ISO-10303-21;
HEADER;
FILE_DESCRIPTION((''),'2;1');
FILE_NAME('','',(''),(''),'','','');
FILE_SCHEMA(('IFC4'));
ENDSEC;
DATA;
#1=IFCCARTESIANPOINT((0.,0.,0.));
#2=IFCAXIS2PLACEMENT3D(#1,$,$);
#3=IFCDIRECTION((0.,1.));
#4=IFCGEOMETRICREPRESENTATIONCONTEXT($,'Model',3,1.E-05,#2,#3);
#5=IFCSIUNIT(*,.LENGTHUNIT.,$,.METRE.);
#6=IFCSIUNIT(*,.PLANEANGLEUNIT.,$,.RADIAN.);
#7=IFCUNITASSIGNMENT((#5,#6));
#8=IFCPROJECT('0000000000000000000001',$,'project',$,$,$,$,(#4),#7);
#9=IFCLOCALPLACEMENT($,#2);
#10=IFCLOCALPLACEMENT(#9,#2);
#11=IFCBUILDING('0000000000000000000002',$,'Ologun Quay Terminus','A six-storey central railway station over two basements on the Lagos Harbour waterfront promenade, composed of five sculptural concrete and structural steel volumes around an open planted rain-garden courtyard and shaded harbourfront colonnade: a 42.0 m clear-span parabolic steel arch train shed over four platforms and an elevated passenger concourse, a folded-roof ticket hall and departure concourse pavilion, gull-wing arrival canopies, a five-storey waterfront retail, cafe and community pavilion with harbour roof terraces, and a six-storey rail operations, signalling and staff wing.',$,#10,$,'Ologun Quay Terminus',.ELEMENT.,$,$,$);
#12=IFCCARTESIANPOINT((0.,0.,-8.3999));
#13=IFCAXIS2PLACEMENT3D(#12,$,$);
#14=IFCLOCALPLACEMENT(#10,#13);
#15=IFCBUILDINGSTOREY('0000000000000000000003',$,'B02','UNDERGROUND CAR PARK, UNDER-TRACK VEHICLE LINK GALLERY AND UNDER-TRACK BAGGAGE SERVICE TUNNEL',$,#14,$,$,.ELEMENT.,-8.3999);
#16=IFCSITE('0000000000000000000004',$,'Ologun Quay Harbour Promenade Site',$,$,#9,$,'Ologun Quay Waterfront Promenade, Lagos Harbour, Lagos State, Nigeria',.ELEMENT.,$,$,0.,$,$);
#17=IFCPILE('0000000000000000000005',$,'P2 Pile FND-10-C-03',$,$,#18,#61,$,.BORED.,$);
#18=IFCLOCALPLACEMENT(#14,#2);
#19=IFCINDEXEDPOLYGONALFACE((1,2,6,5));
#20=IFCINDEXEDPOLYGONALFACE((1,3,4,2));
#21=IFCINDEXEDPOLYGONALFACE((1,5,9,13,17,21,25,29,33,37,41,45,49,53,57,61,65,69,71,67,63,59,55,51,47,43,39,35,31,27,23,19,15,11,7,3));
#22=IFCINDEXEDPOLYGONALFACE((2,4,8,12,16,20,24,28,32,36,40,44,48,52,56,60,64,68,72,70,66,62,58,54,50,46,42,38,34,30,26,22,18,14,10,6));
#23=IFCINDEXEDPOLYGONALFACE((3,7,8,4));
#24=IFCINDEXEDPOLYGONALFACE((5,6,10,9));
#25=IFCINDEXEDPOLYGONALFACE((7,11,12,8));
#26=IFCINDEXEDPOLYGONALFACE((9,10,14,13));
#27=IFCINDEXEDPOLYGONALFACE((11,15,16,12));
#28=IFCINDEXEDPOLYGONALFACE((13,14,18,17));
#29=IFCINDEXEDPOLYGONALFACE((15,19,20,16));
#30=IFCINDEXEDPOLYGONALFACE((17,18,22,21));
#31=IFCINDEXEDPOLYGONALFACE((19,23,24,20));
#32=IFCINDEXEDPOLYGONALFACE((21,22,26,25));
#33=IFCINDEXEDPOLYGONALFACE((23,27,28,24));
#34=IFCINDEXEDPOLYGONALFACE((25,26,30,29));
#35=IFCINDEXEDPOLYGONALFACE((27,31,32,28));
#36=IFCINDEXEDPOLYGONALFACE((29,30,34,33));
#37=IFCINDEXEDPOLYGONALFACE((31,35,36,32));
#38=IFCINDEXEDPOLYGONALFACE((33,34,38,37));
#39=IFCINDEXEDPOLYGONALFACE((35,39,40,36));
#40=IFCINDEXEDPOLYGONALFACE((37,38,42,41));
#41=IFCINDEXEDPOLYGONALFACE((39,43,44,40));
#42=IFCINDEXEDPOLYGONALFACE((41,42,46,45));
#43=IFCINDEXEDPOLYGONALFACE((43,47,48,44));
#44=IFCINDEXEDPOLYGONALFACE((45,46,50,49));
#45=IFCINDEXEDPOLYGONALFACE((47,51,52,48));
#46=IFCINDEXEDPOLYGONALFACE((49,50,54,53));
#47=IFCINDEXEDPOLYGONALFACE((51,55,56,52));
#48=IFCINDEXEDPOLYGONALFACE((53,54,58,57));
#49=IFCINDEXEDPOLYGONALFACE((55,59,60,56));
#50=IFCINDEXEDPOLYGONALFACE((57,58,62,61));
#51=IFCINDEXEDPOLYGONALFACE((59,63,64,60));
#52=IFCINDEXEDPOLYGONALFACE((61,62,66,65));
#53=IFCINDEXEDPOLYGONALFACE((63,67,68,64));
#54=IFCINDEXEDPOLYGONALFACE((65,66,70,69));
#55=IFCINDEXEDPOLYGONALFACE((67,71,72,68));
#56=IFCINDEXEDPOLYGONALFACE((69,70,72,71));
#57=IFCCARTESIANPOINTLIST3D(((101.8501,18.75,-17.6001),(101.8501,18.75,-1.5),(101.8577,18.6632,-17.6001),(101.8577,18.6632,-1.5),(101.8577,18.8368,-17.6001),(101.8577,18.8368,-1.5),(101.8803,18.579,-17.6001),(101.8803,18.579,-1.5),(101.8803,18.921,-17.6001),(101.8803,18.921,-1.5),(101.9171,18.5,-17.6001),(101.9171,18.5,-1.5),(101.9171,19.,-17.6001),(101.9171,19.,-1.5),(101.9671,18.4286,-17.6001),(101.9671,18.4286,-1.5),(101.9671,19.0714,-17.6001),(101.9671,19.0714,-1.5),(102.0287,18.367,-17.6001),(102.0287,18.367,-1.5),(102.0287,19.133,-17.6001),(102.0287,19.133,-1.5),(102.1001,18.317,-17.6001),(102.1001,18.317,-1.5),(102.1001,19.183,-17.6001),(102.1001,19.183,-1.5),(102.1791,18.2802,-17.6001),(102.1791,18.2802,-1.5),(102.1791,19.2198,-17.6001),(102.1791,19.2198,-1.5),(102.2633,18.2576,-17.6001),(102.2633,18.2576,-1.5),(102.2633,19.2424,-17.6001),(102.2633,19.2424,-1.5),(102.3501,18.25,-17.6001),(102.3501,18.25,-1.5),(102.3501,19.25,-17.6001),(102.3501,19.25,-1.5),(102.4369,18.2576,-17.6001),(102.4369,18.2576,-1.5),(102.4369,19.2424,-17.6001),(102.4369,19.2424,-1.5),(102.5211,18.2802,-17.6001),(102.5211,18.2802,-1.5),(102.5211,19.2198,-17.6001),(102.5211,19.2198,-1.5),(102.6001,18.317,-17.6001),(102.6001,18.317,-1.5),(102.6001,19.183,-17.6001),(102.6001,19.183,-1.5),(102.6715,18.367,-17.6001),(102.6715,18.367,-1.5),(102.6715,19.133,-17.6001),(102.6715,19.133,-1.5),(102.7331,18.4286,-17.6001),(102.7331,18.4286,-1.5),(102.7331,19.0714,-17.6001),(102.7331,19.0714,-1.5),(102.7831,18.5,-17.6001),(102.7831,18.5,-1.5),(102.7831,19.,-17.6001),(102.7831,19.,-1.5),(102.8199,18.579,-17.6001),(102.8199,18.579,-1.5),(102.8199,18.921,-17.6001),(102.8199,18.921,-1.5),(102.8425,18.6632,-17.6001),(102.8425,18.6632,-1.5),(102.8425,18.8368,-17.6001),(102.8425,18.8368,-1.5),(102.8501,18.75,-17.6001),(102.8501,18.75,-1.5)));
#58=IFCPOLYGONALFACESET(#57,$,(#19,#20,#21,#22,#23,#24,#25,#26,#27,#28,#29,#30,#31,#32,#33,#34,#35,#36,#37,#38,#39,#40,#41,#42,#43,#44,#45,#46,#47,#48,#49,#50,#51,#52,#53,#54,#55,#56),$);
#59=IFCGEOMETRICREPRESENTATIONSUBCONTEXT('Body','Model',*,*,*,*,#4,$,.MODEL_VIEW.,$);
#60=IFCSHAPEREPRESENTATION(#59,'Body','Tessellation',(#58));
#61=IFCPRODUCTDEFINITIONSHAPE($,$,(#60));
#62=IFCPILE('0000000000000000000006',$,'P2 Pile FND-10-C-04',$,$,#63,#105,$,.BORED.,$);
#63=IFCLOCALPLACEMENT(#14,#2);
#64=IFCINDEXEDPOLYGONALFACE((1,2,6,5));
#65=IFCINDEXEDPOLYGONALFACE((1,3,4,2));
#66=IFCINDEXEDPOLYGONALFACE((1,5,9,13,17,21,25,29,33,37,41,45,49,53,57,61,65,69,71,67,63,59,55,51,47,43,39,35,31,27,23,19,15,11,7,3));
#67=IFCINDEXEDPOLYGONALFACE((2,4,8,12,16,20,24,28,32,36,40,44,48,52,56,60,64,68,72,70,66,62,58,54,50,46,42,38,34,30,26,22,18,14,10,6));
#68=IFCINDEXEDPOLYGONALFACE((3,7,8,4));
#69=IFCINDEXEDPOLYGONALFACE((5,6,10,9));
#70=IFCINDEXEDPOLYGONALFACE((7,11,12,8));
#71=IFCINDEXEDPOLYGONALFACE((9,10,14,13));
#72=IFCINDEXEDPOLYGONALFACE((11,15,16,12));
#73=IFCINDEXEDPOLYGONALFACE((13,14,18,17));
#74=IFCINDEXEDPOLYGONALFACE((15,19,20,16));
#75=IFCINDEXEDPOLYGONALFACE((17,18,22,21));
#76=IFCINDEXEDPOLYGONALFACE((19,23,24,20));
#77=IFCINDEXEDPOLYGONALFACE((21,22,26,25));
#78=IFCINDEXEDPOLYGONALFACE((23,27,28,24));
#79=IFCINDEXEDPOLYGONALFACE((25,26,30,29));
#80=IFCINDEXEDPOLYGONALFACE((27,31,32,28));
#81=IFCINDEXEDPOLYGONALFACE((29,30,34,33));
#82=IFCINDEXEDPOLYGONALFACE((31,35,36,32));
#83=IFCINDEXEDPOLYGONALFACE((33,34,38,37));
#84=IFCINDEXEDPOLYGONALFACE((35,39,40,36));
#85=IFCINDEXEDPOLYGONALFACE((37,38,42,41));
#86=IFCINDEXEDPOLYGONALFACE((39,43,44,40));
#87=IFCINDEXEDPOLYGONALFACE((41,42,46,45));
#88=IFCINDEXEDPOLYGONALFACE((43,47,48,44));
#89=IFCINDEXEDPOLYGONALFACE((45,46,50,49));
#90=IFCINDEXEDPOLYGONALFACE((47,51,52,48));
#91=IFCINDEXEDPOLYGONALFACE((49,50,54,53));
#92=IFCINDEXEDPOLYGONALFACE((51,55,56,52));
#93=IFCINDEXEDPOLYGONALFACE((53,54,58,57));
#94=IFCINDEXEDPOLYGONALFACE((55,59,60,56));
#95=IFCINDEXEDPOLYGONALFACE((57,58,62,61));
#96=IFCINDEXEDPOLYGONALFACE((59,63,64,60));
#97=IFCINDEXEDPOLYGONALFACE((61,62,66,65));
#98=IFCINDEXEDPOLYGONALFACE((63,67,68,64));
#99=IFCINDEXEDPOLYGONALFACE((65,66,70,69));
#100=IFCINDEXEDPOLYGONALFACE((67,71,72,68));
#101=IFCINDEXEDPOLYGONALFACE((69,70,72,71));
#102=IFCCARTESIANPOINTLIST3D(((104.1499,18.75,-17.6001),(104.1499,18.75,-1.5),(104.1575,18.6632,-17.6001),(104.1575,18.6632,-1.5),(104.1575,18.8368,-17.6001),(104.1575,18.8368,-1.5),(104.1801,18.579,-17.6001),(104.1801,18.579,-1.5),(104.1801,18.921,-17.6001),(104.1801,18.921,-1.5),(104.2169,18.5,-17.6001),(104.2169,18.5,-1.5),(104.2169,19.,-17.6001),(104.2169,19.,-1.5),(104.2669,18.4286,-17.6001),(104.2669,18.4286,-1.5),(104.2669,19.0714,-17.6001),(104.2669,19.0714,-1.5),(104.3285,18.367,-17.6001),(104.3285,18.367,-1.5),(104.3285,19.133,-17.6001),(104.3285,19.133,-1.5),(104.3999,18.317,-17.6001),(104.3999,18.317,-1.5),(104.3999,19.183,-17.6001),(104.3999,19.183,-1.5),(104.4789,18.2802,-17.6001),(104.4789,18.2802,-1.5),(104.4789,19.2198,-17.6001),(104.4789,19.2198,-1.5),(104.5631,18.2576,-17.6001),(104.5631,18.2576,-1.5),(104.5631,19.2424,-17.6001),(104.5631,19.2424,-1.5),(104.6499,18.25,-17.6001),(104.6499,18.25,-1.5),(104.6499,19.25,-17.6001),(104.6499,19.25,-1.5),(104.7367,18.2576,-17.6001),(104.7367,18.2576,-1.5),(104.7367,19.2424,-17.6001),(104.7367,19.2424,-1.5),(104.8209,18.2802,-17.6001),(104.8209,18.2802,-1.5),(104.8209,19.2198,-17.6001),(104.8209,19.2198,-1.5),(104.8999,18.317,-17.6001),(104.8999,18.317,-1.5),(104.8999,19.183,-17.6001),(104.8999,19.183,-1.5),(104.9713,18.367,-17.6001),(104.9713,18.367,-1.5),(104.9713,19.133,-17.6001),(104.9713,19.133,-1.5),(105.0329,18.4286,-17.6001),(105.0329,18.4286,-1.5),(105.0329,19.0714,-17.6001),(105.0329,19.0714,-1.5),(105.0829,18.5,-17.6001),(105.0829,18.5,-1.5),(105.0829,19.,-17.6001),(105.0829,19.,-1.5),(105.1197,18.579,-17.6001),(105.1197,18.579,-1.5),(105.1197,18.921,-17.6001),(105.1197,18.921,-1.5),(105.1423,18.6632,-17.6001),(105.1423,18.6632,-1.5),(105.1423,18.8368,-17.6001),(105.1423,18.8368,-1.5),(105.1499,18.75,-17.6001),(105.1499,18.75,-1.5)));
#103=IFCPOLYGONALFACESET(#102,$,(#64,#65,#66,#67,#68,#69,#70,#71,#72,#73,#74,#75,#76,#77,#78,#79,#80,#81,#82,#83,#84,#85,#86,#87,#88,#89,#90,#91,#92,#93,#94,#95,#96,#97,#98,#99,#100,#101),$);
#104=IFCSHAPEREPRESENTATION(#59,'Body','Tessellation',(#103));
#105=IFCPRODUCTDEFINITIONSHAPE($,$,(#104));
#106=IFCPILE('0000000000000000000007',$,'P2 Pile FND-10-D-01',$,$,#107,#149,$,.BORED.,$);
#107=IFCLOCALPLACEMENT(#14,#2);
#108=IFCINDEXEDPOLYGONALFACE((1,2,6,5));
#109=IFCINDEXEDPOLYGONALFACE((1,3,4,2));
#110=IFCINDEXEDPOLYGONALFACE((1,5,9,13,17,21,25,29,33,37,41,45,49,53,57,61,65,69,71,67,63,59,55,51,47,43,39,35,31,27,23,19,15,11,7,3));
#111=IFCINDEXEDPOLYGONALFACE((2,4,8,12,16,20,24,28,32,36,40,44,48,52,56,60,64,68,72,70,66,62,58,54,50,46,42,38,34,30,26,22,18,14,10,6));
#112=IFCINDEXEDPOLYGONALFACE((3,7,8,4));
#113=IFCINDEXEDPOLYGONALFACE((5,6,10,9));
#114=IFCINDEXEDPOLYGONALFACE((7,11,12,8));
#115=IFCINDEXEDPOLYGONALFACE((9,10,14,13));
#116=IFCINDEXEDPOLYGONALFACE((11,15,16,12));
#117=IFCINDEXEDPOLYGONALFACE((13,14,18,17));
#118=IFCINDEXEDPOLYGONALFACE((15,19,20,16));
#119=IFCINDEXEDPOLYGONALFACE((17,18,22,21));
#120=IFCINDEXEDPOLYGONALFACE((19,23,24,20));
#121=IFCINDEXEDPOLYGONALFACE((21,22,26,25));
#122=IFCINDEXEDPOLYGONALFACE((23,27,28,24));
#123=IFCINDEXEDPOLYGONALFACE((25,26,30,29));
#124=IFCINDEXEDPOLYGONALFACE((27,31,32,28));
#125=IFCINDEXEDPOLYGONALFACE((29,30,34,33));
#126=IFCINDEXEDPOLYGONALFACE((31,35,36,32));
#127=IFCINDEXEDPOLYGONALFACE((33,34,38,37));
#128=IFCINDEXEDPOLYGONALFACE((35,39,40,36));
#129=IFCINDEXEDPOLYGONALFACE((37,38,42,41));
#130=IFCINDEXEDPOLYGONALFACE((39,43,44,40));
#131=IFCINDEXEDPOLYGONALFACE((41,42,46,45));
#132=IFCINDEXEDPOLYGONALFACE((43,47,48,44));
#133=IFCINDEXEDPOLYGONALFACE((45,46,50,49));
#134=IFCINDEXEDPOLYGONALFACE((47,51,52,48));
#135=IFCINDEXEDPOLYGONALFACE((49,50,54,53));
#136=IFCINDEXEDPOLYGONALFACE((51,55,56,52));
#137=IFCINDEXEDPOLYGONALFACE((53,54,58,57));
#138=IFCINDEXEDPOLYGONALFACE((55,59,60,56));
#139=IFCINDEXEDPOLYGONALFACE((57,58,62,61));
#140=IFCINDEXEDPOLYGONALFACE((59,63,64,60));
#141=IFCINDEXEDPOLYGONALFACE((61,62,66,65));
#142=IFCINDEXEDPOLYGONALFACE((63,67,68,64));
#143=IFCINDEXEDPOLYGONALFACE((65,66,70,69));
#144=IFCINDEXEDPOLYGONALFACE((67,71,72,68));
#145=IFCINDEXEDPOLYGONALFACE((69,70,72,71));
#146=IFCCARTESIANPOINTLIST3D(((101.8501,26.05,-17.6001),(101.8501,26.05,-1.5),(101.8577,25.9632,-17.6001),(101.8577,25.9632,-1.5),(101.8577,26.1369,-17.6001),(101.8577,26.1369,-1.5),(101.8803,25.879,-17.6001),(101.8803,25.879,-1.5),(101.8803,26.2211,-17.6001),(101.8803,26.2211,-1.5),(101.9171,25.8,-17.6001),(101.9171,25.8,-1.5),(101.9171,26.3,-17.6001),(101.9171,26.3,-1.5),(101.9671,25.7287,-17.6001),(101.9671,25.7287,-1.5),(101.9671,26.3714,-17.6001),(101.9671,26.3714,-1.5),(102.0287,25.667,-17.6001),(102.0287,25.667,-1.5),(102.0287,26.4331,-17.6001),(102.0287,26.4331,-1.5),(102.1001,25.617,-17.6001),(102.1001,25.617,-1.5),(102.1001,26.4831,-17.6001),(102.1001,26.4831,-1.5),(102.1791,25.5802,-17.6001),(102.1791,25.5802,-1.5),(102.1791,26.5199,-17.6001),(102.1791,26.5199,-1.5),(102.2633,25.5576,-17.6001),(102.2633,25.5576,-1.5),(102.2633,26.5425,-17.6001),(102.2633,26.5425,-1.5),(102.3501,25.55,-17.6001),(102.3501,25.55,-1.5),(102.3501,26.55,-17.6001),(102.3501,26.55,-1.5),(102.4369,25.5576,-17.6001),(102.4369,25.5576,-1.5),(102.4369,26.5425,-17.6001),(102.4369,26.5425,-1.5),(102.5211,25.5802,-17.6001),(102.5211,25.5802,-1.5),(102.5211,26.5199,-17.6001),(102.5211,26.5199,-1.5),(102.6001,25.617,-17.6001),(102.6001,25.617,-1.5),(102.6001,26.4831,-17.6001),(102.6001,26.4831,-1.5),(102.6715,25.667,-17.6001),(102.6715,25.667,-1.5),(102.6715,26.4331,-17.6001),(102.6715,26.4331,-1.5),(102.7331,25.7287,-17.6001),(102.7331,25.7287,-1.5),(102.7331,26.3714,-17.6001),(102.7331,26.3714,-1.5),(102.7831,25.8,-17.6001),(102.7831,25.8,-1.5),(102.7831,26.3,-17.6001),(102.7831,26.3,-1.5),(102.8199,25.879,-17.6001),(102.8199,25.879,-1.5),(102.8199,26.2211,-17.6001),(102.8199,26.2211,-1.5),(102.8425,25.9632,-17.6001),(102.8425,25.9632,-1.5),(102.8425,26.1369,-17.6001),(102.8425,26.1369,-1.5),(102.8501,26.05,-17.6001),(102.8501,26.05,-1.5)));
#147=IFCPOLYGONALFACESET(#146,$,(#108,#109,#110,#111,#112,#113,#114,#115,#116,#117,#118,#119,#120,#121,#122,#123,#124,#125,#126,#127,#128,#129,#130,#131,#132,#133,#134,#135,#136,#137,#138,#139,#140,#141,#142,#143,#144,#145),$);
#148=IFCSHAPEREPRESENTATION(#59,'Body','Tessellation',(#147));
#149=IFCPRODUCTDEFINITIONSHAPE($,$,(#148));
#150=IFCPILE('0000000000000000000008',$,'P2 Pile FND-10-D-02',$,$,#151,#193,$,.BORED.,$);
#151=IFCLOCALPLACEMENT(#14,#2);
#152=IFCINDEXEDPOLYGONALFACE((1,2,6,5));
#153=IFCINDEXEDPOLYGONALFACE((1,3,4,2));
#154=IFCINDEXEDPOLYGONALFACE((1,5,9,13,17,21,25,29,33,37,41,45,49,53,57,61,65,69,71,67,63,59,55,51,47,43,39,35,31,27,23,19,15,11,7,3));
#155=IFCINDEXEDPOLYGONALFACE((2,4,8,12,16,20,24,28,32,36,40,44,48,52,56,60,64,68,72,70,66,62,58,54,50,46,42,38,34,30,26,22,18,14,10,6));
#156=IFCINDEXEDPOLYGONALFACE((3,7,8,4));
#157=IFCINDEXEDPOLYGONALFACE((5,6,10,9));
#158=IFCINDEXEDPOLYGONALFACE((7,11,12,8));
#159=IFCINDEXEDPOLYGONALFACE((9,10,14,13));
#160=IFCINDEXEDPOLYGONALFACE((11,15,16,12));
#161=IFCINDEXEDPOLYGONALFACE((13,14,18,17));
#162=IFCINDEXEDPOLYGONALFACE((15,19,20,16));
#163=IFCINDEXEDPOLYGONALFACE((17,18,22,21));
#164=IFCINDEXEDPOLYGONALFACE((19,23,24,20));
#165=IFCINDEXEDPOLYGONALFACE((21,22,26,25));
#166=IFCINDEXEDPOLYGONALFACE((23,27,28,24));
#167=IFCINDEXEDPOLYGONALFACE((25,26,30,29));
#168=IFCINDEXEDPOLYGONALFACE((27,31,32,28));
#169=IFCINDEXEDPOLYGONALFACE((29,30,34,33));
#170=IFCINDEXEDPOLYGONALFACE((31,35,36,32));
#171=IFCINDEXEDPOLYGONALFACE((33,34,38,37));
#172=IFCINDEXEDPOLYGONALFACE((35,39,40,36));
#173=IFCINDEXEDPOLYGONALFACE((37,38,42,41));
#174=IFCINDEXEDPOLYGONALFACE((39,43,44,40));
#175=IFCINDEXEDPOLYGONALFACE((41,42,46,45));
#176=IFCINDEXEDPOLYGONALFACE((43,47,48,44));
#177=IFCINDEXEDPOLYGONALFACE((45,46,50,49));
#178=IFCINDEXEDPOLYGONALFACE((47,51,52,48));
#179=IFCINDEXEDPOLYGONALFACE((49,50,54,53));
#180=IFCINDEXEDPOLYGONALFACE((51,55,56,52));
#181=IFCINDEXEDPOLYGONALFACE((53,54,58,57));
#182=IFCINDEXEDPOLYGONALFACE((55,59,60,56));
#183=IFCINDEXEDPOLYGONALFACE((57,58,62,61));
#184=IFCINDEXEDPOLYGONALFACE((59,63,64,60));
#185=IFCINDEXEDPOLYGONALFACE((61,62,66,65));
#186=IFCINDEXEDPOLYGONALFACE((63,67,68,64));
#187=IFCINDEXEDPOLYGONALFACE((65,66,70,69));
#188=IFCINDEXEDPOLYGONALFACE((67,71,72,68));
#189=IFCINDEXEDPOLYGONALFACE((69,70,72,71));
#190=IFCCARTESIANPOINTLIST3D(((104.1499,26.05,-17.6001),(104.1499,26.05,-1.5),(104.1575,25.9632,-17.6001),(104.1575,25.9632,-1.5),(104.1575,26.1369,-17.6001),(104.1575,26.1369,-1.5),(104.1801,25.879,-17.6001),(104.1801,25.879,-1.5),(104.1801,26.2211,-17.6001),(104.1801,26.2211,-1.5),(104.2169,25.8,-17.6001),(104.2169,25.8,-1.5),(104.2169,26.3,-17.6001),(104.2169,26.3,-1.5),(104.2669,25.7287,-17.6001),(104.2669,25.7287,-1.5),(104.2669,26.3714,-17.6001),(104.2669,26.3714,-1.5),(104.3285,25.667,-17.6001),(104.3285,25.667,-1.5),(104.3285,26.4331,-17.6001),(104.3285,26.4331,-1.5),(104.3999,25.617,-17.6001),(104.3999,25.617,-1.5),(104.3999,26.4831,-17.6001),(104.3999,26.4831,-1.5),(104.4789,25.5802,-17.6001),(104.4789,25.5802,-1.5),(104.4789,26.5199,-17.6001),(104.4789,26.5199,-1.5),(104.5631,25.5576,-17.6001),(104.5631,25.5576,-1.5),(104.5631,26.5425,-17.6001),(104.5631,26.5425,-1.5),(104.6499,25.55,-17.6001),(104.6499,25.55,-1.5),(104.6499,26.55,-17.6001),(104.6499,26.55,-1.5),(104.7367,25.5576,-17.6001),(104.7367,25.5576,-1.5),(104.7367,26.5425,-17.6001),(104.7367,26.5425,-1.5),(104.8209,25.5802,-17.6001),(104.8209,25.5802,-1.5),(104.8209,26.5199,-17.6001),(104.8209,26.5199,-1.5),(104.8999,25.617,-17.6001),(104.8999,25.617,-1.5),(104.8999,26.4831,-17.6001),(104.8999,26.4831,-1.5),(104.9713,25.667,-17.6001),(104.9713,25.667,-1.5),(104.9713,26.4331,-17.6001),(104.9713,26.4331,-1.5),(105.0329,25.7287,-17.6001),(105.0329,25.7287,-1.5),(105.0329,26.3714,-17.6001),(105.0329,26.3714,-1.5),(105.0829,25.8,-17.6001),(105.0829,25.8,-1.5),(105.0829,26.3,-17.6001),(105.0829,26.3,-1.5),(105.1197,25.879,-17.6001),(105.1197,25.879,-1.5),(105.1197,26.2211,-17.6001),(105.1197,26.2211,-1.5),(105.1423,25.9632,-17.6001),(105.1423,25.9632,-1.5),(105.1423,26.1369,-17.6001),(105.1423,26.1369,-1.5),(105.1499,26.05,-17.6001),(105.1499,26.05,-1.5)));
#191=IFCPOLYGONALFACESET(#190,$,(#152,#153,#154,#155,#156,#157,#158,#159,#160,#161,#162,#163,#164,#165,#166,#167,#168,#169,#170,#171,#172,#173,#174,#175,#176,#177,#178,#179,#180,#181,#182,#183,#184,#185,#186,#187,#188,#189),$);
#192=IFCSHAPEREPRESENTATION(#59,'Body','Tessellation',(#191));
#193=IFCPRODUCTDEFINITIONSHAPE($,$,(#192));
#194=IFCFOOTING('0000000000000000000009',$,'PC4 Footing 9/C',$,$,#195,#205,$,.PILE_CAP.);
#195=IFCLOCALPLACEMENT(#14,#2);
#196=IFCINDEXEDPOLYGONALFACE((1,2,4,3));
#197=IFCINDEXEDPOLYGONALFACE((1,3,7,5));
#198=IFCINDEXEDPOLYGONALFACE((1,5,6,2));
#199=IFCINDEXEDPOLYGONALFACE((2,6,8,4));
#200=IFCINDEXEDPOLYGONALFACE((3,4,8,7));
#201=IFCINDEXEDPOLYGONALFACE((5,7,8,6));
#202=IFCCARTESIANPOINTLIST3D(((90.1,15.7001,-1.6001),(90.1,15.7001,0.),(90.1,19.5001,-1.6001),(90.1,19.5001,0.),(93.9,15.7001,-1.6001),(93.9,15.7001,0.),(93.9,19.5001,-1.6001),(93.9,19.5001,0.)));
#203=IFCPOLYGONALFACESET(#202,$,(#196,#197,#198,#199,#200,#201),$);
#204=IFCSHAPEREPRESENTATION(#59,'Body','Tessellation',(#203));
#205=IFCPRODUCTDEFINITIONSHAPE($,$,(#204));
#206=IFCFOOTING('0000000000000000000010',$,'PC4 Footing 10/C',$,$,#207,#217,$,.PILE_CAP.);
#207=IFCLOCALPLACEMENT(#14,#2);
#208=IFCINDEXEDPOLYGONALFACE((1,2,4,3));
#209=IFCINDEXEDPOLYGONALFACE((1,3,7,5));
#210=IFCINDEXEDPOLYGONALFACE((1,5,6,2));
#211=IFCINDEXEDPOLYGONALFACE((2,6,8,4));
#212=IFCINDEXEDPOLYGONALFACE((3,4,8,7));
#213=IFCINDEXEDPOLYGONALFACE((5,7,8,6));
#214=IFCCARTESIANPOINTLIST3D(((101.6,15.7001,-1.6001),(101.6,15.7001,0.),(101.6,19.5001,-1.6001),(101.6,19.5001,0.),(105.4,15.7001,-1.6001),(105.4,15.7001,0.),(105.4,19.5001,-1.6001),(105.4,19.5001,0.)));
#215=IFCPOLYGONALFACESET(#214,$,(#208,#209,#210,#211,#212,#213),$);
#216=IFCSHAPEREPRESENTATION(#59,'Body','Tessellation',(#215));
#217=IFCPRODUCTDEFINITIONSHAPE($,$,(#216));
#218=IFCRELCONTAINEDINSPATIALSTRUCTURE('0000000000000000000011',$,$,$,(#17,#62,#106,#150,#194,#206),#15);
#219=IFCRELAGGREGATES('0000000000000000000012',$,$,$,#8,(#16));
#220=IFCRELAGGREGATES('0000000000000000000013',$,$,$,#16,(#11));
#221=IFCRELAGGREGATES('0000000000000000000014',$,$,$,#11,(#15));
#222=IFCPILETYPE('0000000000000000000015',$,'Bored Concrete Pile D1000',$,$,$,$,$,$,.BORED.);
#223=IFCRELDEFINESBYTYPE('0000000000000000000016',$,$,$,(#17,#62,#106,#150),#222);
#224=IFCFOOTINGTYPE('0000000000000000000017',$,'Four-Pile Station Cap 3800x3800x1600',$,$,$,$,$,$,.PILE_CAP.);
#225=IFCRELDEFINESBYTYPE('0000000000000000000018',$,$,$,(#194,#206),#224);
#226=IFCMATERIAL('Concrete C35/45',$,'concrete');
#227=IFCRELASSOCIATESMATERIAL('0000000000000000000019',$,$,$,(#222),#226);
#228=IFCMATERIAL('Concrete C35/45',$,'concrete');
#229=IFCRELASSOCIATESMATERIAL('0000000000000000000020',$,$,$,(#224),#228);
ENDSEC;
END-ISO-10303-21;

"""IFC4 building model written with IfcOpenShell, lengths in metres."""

from ifc_helpers import new_model, si_unit, direction, frame, origin, origin_2d, place, context, subcontext, project, spatial, rectangle, circle, extrude, material, material_profile, profile_set, type_object, element, save


model = new_model("IFC4")

# Units and contexts
model_context = context("Model", 3, precision=1e-05, world=origin(), true_north=direction((0.0, 1.0)))
body_context = subcontext(model_context, "Body", "Model", "MODEL_VIEW")
ifc_project = project(units=[si_unit("LENGTHUNIT", "METRE"), si_unit("PLANEANGLEUNIT", "RADIAN")], contexts=[model_context])

# Site, building, storey
site_placement = place(None, origin())
site = spatial("IfcSite", under=ifc_project, at=site_placement, Name="Ologun Quay Harbour Promenade Site", LongName="Ologun Quay Waterfront Promenade, Lagos Harbour, Lagos State, Nigeria", CompositionType="ELEMENT", RefElevation=0.0)
building_placement = place(site_placement, origin())
building = spatial("IfcBuilding", under=site, at=building_placement, Name="Ologun Quay Terminus", Description="A six-storey central railway station over two basements on the Lagos Harbour waterfront promenade, composed of five sculptural concrete and structural steel volumes around an open planted rain-garden courtyard and shaded harbourfront colonnade: a 42.0 m clear-span parabolic steel arch train shed over four platforms and an elevated passenger concourse, a folded-roof ticket hall and departure concourse pavilion, gull-wing arrival canopies, a five-storey waterfront retail, cafe and community pavilion with harbour roof terraces, and a six-storey rail operations, signalling and staff wing.", LongName="Ologun Quay Terminus", CompositionType="ELEMENT")
storey_placement = place(building_placement, frame((0.0, 0.0, -8.3999)))
storey = spatial("IfcBuildingStorey", under=building, at=storey_placement, Name="B02", Description="UNDERGROUND CAR PARK, UNDER-TRACK VEHICLE LINK GALLERY AND UNDER-TRACK BAGGAGE SERVICE TUNNEL", CompositionType="ELEMENT", Elevation=-8.3999)

# Piles
ifc_material_1 = material(Name="Concrete C35/45", Category="concrete")
ifc_material_profile_1 = material_profile(ifc_material_1, circle(Radius=0.5, at=origin_2d()), Name="PILE D1000")
ifc_profile_set_1 = profile_set([ifc_material_profile_1], Name="Concrete C35/45")
pile_type = type_object("IfcPileType", Name="Bored Concrete Pile D1000", PredefinedType="BORED", material=ifc_profile_set_1)
for number, where, z_axis, x_axis, name in (
    (1, (102.3501, 18.75, -1.5), (0.0, 0.0, -1.0), (1.0, 0.0, 0.0), "P2 Pile FND-10-C-03"),
    (2, (104.6499, 18.75, -1.5), (0.0, 0.0, -1.0), (1.0, 0.0, 0.0), "P2 Pile FND-10-C-04"),
    (3, (102.3501, 26.05, -1.5), (0.0, 0.0, -1.0), (1.0, 0.0, 0.0), "P2 Pile FND-10-D-01"),
    (4, (104.6499, 26.05, -1.5), (0.0, 0.0, -1.0), (1.0, 0.0, 0.0), "P2 Pile FND-10-D-02"),
):
    element("IfcPile", number, at=place(storey_placement, frame(where, z_axis=z_axis, x_axis=x_axis)), inside=storey, type_object=pile_type, Name=name, PredefinedType="BORED", context=body_context, shape_type="SweptSolid", body=[
        extrude(circle(Radius=0.5, at=origin_2d()), origin(), (0.0, 0.0, 1.0), 16.1001),
    ])

# Footings
ifc_material_2 = material(Name="Concrete C35/45", Category="concrete")
footing_type = type_object("IfcFootingType", Name="Four-Pile Station Cap 3800x3800x1600", PredefinedType="PILE_CAP", material=ifc_material_2)
for number, where, z_axis, x_axis, name in (
    (5, (92.0, 17.6001, -1.6001), (0.0, 0.0, 1.0), (1.0, 0.0, 0.0), "PC4 Footing 9/C"),
    (6, (103.5, 17.6001, -1.6001), (0.0, 0.0, 1.0), (1.0, 0.0, 0.0), "PC4 Footing 10/C"),
):
    element("IfcFooting", number, at=place(storey_placement, frame(where, z_axis=z_axis, x_axis=x_axis)), inside=storey, type_object=footing_type, Name=name, PredefinedType="PILE_CAP", context=body_context, shape_type="SweptSolid", body=[
        extrude(rectangle(XDim=3.8, YDim=3.8, at=origin_2d()), origin(), (0.0, 0.0, 1.0), 1.6001),
    ])

save(model, "model.ifc")
